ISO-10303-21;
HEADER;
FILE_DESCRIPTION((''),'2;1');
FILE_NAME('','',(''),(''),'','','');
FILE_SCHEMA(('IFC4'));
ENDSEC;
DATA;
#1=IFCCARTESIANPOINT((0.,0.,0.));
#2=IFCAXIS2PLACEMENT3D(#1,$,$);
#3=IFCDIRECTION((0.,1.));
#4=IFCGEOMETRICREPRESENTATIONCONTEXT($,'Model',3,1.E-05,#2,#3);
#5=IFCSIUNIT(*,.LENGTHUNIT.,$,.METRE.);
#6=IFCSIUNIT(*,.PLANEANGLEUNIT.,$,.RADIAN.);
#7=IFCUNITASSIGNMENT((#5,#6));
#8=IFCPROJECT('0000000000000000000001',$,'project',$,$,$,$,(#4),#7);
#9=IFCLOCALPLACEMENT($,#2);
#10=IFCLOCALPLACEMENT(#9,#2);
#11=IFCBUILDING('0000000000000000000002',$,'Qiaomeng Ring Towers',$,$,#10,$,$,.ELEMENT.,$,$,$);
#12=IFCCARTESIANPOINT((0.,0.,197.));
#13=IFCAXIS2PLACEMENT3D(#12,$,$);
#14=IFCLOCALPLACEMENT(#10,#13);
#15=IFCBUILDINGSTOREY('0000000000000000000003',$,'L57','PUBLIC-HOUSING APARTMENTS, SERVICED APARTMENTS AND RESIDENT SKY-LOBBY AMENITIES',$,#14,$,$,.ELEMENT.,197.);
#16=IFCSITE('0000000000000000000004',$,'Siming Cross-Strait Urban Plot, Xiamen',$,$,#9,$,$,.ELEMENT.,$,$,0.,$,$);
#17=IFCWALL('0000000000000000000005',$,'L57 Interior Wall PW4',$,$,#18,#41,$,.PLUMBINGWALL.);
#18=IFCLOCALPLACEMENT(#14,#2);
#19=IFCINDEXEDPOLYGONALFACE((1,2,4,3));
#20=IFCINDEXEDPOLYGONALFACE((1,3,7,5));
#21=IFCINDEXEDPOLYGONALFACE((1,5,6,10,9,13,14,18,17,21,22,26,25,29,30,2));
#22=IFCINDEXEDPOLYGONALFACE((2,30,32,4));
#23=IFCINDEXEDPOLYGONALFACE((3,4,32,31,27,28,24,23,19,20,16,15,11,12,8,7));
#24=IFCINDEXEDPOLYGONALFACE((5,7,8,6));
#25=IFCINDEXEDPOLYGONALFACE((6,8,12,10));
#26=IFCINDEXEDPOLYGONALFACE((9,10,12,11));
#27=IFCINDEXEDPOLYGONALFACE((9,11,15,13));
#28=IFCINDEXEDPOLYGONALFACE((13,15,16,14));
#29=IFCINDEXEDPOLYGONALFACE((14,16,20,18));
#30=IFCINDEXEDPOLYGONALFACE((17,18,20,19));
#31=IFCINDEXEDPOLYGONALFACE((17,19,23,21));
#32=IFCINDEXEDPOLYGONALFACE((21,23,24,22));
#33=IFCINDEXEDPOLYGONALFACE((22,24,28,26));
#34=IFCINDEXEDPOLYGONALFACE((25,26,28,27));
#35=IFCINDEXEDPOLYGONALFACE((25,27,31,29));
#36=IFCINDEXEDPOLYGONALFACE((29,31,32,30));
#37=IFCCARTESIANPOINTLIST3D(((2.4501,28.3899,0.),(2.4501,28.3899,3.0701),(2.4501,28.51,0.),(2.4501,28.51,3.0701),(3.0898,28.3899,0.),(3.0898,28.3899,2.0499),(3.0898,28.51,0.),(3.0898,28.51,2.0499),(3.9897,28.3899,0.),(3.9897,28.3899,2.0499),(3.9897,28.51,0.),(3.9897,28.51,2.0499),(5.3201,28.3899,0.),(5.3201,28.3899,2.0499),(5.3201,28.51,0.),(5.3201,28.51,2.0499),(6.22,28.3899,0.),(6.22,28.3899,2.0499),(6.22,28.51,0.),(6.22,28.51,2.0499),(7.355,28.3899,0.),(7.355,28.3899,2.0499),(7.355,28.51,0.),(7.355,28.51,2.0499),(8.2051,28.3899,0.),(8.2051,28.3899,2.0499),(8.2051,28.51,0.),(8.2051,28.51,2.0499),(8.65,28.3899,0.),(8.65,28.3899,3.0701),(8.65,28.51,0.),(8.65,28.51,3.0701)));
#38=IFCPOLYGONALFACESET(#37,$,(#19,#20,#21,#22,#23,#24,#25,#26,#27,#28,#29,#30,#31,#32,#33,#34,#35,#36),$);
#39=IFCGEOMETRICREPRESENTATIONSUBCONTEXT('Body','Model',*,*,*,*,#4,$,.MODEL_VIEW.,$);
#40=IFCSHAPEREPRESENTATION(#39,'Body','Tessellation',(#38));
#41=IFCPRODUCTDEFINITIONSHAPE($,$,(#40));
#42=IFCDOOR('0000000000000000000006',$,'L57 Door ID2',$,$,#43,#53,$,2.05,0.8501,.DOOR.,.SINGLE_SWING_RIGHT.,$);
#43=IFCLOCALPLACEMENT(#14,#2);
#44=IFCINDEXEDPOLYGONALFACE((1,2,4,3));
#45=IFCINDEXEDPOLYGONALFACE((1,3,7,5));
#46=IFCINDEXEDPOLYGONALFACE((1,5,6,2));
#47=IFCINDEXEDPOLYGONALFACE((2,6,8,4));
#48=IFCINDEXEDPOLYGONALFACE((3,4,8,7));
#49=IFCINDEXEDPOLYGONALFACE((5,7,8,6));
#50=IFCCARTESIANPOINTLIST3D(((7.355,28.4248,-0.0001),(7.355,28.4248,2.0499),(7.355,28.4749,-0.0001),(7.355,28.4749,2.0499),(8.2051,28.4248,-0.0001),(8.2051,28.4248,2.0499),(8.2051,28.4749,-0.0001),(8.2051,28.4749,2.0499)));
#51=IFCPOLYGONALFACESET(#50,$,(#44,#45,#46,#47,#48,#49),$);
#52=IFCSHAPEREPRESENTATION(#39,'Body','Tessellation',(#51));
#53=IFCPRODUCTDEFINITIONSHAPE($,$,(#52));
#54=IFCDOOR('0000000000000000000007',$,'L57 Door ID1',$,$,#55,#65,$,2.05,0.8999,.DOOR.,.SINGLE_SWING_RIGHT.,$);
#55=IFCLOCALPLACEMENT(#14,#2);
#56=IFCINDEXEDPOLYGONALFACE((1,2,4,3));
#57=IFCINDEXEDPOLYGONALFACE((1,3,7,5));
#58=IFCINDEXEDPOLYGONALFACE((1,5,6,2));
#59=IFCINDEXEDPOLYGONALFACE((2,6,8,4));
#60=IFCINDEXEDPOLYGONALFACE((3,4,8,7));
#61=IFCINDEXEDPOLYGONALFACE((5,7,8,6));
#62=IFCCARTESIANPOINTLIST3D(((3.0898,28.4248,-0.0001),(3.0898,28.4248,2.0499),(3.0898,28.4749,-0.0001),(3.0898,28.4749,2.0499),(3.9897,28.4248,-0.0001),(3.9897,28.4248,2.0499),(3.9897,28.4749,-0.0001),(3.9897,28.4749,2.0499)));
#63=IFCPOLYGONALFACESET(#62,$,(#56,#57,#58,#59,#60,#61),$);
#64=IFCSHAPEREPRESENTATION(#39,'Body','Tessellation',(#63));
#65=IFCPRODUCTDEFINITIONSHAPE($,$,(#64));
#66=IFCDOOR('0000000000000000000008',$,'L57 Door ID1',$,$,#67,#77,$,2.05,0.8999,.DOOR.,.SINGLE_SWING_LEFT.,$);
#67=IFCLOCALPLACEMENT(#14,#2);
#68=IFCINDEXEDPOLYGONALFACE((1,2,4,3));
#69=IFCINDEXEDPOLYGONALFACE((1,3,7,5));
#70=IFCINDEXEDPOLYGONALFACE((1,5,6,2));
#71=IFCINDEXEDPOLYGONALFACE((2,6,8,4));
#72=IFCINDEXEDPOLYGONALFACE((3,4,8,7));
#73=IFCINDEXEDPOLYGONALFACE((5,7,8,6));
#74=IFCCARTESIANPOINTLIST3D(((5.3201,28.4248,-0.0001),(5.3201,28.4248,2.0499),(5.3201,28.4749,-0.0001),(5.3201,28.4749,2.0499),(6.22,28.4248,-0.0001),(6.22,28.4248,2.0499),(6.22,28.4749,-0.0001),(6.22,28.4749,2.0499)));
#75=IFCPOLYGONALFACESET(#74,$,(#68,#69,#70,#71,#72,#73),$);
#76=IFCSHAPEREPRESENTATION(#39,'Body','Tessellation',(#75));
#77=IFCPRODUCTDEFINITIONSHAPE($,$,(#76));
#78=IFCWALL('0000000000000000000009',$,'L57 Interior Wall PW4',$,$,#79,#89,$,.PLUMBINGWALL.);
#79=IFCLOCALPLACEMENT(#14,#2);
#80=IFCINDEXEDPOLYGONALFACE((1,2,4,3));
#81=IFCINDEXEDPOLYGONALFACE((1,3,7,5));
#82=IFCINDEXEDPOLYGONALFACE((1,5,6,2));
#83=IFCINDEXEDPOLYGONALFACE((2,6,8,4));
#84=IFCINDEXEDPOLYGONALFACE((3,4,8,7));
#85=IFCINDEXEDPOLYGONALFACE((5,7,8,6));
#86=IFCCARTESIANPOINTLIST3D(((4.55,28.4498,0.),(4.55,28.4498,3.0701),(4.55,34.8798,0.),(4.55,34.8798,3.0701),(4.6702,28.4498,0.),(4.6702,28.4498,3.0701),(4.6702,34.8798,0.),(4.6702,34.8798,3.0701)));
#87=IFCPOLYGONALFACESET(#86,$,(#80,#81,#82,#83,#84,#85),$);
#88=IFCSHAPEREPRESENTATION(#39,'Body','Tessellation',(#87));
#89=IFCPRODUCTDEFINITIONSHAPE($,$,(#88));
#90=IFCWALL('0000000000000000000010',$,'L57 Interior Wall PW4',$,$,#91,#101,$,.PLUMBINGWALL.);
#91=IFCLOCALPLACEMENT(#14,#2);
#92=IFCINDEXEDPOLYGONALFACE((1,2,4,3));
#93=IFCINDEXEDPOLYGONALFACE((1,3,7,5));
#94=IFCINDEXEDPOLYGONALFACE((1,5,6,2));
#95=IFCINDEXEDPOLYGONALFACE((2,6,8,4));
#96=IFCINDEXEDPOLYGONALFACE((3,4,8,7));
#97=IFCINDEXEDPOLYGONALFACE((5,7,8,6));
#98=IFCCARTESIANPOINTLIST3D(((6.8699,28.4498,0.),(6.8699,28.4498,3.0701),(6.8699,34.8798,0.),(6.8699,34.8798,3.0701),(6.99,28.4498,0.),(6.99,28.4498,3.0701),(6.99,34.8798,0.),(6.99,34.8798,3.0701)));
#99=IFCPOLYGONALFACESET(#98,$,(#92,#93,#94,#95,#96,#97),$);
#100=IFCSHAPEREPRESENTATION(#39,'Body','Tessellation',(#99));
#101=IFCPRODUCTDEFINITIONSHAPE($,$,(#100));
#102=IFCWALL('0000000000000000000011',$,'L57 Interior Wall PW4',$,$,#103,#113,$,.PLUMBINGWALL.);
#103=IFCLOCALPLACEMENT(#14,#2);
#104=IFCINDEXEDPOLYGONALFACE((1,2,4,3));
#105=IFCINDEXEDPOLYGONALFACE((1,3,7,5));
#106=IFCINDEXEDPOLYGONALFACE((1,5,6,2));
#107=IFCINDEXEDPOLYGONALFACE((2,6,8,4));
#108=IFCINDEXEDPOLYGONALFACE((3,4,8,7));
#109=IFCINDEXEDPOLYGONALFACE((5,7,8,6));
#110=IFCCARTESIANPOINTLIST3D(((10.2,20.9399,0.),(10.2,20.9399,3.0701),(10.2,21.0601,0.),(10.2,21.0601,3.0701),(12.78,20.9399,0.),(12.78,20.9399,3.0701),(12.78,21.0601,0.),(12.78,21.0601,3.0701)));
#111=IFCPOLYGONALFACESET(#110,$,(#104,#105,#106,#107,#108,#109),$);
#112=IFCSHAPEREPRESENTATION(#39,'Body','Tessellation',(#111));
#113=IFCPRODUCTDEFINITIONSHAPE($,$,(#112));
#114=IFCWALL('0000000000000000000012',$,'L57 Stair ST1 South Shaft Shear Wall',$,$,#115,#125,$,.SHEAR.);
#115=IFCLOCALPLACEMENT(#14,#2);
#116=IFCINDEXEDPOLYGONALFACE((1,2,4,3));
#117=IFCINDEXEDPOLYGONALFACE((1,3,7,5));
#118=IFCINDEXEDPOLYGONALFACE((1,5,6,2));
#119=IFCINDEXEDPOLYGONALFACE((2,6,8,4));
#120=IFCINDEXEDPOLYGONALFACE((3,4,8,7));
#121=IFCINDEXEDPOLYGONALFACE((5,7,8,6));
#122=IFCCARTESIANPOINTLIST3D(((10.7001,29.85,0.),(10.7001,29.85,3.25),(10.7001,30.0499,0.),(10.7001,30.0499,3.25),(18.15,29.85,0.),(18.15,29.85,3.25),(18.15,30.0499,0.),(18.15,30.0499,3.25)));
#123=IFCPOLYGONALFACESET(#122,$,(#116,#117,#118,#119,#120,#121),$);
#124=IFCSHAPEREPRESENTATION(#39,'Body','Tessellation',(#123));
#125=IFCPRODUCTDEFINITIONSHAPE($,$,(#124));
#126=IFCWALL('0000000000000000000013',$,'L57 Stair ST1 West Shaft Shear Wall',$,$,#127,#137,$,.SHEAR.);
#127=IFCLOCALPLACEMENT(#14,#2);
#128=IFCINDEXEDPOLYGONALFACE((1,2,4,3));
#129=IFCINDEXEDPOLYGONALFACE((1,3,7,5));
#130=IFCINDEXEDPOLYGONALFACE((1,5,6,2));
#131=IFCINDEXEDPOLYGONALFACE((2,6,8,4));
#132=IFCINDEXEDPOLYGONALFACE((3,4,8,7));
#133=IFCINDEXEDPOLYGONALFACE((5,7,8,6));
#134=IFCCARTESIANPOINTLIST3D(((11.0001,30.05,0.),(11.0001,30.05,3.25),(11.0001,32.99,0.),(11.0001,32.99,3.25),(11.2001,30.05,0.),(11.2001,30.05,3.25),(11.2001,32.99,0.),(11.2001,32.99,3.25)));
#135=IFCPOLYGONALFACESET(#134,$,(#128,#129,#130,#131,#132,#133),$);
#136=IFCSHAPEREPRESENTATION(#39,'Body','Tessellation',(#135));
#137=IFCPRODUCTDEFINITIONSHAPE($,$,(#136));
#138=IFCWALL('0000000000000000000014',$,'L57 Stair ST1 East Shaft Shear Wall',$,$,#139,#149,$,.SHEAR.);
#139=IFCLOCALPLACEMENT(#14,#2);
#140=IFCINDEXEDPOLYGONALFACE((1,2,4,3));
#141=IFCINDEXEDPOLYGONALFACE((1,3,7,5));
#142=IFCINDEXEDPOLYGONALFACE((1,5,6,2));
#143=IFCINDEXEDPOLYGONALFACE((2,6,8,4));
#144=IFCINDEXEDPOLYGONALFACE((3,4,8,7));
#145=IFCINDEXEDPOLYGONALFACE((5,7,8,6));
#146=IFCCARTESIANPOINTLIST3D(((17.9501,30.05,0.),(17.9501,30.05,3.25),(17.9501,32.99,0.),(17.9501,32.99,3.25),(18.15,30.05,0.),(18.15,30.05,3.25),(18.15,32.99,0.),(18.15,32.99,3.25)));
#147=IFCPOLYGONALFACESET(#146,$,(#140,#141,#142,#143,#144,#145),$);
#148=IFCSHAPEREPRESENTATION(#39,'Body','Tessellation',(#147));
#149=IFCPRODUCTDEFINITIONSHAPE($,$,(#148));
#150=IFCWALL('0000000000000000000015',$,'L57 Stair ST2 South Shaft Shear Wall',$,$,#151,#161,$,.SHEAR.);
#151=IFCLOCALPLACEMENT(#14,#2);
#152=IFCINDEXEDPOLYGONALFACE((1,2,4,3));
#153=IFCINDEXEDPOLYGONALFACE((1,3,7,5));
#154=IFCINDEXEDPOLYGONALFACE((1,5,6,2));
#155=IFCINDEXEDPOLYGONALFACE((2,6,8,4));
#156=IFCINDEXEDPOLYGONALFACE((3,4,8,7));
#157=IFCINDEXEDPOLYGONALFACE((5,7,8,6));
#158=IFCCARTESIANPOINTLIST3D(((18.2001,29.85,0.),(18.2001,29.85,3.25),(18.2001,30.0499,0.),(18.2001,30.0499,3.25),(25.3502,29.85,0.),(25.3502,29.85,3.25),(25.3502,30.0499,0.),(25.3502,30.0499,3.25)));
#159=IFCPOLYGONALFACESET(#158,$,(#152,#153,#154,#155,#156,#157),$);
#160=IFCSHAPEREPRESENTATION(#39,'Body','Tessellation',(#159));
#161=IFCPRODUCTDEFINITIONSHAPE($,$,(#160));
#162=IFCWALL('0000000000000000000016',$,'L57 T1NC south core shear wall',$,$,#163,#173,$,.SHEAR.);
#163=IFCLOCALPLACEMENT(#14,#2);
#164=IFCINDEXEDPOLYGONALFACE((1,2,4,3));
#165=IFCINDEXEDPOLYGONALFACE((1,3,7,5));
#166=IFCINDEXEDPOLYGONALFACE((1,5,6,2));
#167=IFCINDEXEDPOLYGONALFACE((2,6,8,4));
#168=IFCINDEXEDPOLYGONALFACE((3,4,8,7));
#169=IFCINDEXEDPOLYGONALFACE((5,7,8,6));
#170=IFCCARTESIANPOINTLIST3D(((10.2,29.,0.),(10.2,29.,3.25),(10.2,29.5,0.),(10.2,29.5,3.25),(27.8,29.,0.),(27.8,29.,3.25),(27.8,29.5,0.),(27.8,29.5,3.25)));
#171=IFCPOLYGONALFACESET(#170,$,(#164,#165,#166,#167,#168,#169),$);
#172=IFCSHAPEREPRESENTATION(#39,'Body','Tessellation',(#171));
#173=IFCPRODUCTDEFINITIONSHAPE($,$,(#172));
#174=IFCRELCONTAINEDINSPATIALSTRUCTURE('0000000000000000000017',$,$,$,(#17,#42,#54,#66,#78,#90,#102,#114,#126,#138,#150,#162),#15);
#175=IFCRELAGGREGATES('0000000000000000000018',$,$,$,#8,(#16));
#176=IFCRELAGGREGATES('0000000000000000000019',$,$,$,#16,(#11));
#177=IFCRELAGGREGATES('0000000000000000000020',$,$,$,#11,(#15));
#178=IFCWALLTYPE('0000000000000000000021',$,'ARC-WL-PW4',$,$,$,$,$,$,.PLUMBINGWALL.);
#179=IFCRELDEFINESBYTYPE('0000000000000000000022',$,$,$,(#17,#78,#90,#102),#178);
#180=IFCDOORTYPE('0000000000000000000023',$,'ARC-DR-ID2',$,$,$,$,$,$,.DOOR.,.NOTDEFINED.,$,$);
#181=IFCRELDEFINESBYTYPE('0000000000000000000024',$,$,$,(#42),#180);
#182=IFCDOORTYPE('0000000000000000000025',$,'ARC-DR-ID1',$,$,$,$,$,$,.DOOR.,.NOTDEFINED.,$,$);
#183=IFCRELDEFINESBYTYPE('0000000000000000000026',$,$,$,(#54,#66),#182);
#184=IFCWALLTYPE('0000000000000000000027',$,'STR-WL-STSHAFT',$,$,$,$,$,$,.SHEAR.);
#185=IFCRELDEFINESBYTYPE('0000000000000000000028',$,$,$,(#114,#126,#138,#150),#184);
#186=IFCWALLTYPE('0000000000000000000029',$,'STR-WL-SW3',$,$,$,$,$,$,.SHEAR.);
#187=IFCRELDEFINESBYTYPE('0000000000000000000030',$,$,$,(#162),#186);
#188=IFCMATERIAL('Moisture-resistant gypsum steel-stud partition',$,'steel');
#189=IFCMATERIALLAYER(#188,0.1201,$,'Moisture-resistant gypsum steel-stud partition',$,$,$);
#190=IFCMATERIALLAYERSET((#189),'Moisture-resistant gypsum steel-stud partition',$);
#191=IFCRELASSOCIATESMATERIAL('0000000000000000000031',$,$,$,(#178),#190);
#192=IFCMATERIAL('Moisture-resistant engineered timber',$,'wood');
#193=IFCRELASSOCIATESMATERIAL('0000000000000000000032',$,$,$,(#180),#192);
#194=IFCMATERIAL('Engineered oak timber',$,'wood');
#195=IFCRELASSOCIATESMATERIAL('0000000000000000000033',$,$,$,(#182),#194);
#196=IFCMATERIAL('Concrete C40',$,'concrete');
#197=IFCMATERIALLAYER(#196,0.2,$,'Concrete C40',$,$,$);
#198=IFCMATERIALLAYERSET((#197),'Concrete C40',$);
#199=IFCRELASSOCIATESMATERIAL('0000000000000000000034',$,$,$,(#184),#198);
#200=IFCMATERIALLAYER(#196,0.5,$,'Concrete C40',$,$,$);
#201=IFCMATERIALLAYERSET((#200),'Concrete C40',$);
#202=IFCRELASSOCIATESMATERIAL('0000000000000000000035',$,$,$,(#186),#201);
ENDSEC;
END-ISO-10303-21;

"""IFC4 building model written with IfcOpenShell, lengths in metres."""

from ifc_helpers import new_model, si_unit, direction, frame, frame_2d, origin, place, context, subcontext, project, spatial, rectangle, extrude, source, transform, mapped, material, layer, layer_set, type_object, element, fill, save


model = new_model("IFC4")

# Units and contexts
model_context = context("Model", 3, precision=1e-05, world=origin(), true_north=direction((0.0, 1.0)))
body_context = subcontext(model_context, "Body", "Model", "MODEL_VIEW")
ifc_project = project(units=[si_unit("LENGTHUNIT", "METRE"), si_unit("PLANEANGLEUNIT", "RADIAN")], contexts=[model_context])

# Site, building, storey
site_placement = place(None, origin())
site = spatial("IfcSite", under=ifc_project, at=site_placement, Name="Siming Cross-Strait Urban Plot, Xiamen", CompositionType="ELEMENT", RefElevation=0.0)
building_placement = place(site_placement, origin())
building = spatial("IfcBuilding", under=site, at=building_placement, Name="Qiaomeng Ring Towers", CompositionType="ELEMENT")
storey_placement = place(building_placement, frame((0.0, 0.0, 197.0)))
storey = spatial("IfcBuildingStorey", under=building, at=storey_placement, Name="L57", Description="PUBLIC-HOUSING APARTMENTS, SERVICED APARTMENTS AND RESIDENT SKY-LOBBY AMENITIES", CompositionType="ELEMENT", Elevation=197.0)

# Shared definitions
ifc_material_1 = material(Name="Concrete C40", Category="concrete")

# Wall, openings, doors
ifc_material_2 = material(Name="Moisture-resistant gypsum steel-stud partition", Category="steel")
ifc_layer_1 = layer(ifc_material_2, 0.1201, Name="Moisture-resistant gypsum steel-stud partition")
ifc_layer_set_1 = layer_set([ifc_layer_1], Name="Moisture-resistant gypsum steel-stud partition")
wall_type_1 = type_object("IfcWallType", Name="ARC-WL-PW4", PredefinedType="PLUMBINGWALL", material=ifc_layer_set_1)
wall_1_placement = place(storey_placement, frame((2.45, 28.45, 0.0), z_axis=(0.0, 0.0, 1.0), x_axis=(1.0, 0.0, 0.0)))
wall_1 = element("IfcWall", 1, at=wall_1_placement, inside=storey, type_object=wall_type_1, Name="L57 Interior Wall PW4", PredefinedType="PLUMBINGWALL", context=body_context, shape_type="SweptSolid", body=[
    extrude(rectangle(XDim=6.2, YDim=0.1201, at=frame_2d((3.1001, 0.0))), origin(), (0.0, 0.0, 1.0), 3.0701),
])
opening_1_placement = place(wall_1_placement, frame((0.6399, 0.0, 0.0)))
opening_1 = element("IfcOpeningElement", 2, at=opening_1_placement, cuts=wall_1, PredefinedType="OPENING", context=body_context, shape_type="SweptSolid", body=[
    extrude(rectangle(XDim=0.8999, YDim=2.05, at=frame_2d((0.45, 1.0249))), frame((0.0, 0.0701, 0.0), z_axis=(0.0, -1.0, 0.0), x_axis=(1.0, 0.0, 0.0)), (0.0, 0.0, 1.0), 0.1401),
])
opening_2_placement = place(wall_1_placement, frame((2.8701, 0.0, 0.0)))
opening_2 = element("IfcOpeningElement", 3, at=opening_2_placement, cuts=wall_1, PredefinedType="OPENING", context=body_context, shape_type="SweptSolid", body=[
    extrude(rectangle(XDim=0.8999, YDim=2.05, at=frame_2d((0.45, 1.0249))), frame((0.0, 0.0701, 0.0), z_axis=(0.0, -1.0, 0.0), x_axis=(1.0, 0.0, 0.0)), (0.0, 0.0, 1.0), 0.1401),
])
opening_3_placement = place(wall_1_placement, frame((4.905, 0.0, 0.0)))
opening_3 = element("IfcOpeningElement", 4, at=opening_3_placement, cuts=wall_1, PredefinedType="OPENING", context=body_context, shape_type="SweptSolid", body=[
    extrude(rectangle(XDim=0.8501, YDim=2.05, at=frame_2d((0.425, 1.0249))), frame((0.0, 0.0701, 0.0), z_axis=(0.0, -1.0, 0.0), x_axis=(1.0, 0.0, 0.0)), (0.0, 0.0, 1.0), 0.1401),
])
ifc_material_3 = material(Name="Moisture-resistant engineered timber", Category="wood")
door_type_1 = type_object("IfcDoorType", Name="ARC-DR-ID2", OperationType="NOTDEFINED", PredefinedType="DOOR", material=ifc_material_3)
shared_shape_1 = source(origin(), body_context, "Body", "SweptSolid", [
    extrude(rectangle(XDim=0.8501, YDim=2.05, at=frame_2d((0.425, 1.0249))), frame((0.0, 0.0249, 0.0), z_axis=(0.0, -1.0, 0.0), x_axis=(1.0, 0.0, 0.0)), (0.0, 0.0, 1.0), 0.05),
])
door_1_placement = place(opening_3_placement, origin())
door_1 = element("IfcDoor", 5, at=door_1_placement, inside=storey, type_object=door_type_1, Name="L57 Door ID2", OperationType="SINGLE_SWING_RIGHT", OverallHeight=2.05, OverallWidth=0.8501, PredefinedType="DOOR", context=body_context, shape_type="MappedRepresentation", body=[
    mapped(shared_shape_1, transform((0.0, 0.0, 0.0), x_axis=(1.0, 0.0, 0.0), y_axis=(0.0, 1.0, 0.0), z_axis=(0.0, 0.0, 1.0), scale=1.0)),
])
fill(opening_3, door_1)
ifc_material_4 = material(Name="Engineered oak timber", Category="wood")
door_type_2 = type_object("IfcDoorType", Name="ARC-DR-ID1", OperationType="NOTDEFINED", PredefinedType="DOOR", material=ifc_material_4)
shared_shape_2 = source(origin(), body_context, "Body", "SweptSolid", [
    extrude(rectangle(XDim=0.8999, YDim=2.05, at=frame_2d((0.45, 1.0249))), frame((0.0, 0.0249, 0.0), z_axis=(0.0, -1.0, 0.0), x_axis=(1.0, 0.0, 0.0)), (0.0, 0.0, 1.0), 0.05),
])
door_2_placement = place(opening_1_placement, origin())
door_2 = element("IfcDoor", 6, at=door_2_placement, inside=storey, type_object=door_type_2, Name="L57 Door ID1", OperationType="SINGLE_SWING_RIGHT", OverallHeight=2.05, OverallWidth=0.8999, PredefinedType="DOOR", context=body_context, shape_type="MappedRepresentation", body=[
    mapped(shared_shape_2, transform((0.0, 0.0, 0.0), x_axis=(1.0, 0.0, 0.0), y_axis=(0.0, 1.0, 0.0), z_axis=(0.0, 0.0, 1.0), scale=1.0)),
])
fill(opening_1, door_2)
door_3_placement = place(opening_2_placement, origin())
door_3 = element("IfcDoor", 7, at=door_3_placement, inside=storey, type_object=door_type_2, Name="L57 Door ID1", OperationType="SINGLE_SWING_LEFT", OverallHeight=2.05, OverallWidth=0.8999, PredefinedType="DOOR", context=body_context, shape_type="MappedRepresentation", body=[
    mapped(shared_shape_2, transform((0.0, 0.0, 0.0), x_axis=(1.0, 0.0, 0.0), y_axis=(0.0, 1.0, 0.0), z_axis=(0.0, 0.0, 1.0), scale=1.0)),
])
fill(opening_2, door_3)

# Walls
for number, where, z_axis, x_axis, name in (
    (8, (4.6101, 28.45, 0.0), (0.0, 0.0, 1.0), (0.0, 1.0, 0.0), "L57 Interior Wall PW4"),
    (9, (6.9299, 28.45, 0.0), (0.0, 0.0, 1.0), (0.0, 1.0, 0.0), "L57 Interior Wall PW4"),
):
    element("IfcWall", number, at=place(storey_placement, frame(where, z_axis=z_axis, x_axis=x_axis)), inside=storey, type_object=wall_type_1, Name=name, PredefinedType="PLUMBINGWALL", context=body_context, shape_type="SweptSolid", body=[
        extrude(rectangle(XDim=6.4299, YDim=0.1201, at=frame_2d((3.2148, 0.0))), origin(), (0.0, 0.0, 1.0), 3.0701),
    ])
wall_2_placement = place(storey_placement, frame((10.2, 21.0, 0.0), z_axis=(0.0, 0.0, 1.0), x_axis=(1.0, 0.0, 0.0)))
element("IfcWall", 10, at=wall_2_placement, inside=storey, type_object=wall_type_1, Name="L57 Interior Wall PW4", PredefinedType="PLUMBINGWALL", context=body_context, shape_type="SweptSolid", body=[
    extrude(rectangle(XDim=2.5801, YDim=0.1201, at=frame_2d((1.29, 0.0))), origin(), (0.0, 0.0, 1.0), 3.0701),
])
ifc_layer_2 = layer(ifc_material_1, 0.2, Name="Concrete C40")
ifc_layer_set_2 = layer_set([ifc_layer_2], Name="Concrete C40")
wall_type_2 = type_object("IfcWallType", Name="STR-WL-STSHAFT", PredefinedType="SHEAR", material=ifc_layer_set_2)
wall_3_placement = place(storey_placement, frame((10.7, 29.95, 0.0), z_axis=(0.0, 0.0, 1.0), x_axis=(1.0, 0.0, 0.0)))
element("IfcWall", 11, at=wall_3_placement, inside=storey, type_object=wall_type_2, Name="L57 Stair ST1 South Shaft Shear Wall", PredefinedType="SHEAR", context=body_context, shape_type="SweptSolid", body=[
    extrude(rectangle(XDim=7.45, YDim=0.2, at=frame_2d((3.7251, 0.0))), origin(), (0.0, 0.0, 1.0), 3.25),
])
for number, where, z_axis, x_axis, name in (
    (12, (11.1001, 30.05, 0.0), (0.0, 0.0, 1.0), (0.0, 1.0, 0.0), "L57 Stair ST1 West Shaft Shear Wall"),
    (13, (18.05, 30.05, 0.0), (0.0, 0.0, 1.0), (0.0, 1.0, 0.0), "L57 Stair ST1 East Shaft Shear Wall"),
):
    element("IfcWall", number, at=place(storey_placement, frame(where, z_axis=z_axis, x_axis=x_axis)), inside=storey, type_object=wall_type_2, Name=name, PredefinedType="SHEAR", context=body_context, shape_type="SweptSolid", body=[
        extrude(rectangle(XDim=2.9399, YDim=0.2, at=frame_2d((1.47, 0.0))), origin(), (0.0, 0.0, 1.0), 3.25),
    ])
wall_4_placement = place(storey_placement, frame((18.2, 29.95, 0.0), z_axis=(0.0, 0.0, 1.0), x_axis=(1.0, 0.0, 0.0)))
element("IfcWall", 14, at=wall_4_placement, inside=storey, type_object=wall_type_2, Name="L57 Stair ST2 South Shaft Shear Wall", PredefinedType="SHEAR", context=body_context, shape_type="SweptSolid", body=[
    extrude(rectangle(XDim=7.1501, YDim=0.2, at=frame_2d((3.5752, 0.0))), origin(), (0.0, 0.0, 1.0), 3.25),
])
ifc_layer_3 = layer(ifc_material_1, 0.5, Name="Concrete C40")
ifc_layer_set_3 = layer_set([ifc_layer_3], Name="Concrete C40")
wall_type_3 = type_object("IfcWallType", Name="STR-WL-SW3", PredefinedType="SHEAR", material=ifc_layer_set_3)
wall_5_placement = place(storey_placement, frame((10.2, 29.25, 0.0), z_axis=(0.0, 0.0, 1.0), x_axis=(1.0, 0.0, 0.0)))
element("IfcWall", 15, at=wall_5_placement, inside=storey, type_object=wall_type_3, Name="L57 T1NC south core shear wall", PredefinedType="SHEAR", context=body_context, shape_type="SweptSolid", body=[
    extrude(rectangle(XDim=17.6001, YDim=0.5, at=frame_2d((8.8, 0.0))), origin(), (0.0, 0.0, 1.0), 3.25),
])

save(model, "model.ifc")
